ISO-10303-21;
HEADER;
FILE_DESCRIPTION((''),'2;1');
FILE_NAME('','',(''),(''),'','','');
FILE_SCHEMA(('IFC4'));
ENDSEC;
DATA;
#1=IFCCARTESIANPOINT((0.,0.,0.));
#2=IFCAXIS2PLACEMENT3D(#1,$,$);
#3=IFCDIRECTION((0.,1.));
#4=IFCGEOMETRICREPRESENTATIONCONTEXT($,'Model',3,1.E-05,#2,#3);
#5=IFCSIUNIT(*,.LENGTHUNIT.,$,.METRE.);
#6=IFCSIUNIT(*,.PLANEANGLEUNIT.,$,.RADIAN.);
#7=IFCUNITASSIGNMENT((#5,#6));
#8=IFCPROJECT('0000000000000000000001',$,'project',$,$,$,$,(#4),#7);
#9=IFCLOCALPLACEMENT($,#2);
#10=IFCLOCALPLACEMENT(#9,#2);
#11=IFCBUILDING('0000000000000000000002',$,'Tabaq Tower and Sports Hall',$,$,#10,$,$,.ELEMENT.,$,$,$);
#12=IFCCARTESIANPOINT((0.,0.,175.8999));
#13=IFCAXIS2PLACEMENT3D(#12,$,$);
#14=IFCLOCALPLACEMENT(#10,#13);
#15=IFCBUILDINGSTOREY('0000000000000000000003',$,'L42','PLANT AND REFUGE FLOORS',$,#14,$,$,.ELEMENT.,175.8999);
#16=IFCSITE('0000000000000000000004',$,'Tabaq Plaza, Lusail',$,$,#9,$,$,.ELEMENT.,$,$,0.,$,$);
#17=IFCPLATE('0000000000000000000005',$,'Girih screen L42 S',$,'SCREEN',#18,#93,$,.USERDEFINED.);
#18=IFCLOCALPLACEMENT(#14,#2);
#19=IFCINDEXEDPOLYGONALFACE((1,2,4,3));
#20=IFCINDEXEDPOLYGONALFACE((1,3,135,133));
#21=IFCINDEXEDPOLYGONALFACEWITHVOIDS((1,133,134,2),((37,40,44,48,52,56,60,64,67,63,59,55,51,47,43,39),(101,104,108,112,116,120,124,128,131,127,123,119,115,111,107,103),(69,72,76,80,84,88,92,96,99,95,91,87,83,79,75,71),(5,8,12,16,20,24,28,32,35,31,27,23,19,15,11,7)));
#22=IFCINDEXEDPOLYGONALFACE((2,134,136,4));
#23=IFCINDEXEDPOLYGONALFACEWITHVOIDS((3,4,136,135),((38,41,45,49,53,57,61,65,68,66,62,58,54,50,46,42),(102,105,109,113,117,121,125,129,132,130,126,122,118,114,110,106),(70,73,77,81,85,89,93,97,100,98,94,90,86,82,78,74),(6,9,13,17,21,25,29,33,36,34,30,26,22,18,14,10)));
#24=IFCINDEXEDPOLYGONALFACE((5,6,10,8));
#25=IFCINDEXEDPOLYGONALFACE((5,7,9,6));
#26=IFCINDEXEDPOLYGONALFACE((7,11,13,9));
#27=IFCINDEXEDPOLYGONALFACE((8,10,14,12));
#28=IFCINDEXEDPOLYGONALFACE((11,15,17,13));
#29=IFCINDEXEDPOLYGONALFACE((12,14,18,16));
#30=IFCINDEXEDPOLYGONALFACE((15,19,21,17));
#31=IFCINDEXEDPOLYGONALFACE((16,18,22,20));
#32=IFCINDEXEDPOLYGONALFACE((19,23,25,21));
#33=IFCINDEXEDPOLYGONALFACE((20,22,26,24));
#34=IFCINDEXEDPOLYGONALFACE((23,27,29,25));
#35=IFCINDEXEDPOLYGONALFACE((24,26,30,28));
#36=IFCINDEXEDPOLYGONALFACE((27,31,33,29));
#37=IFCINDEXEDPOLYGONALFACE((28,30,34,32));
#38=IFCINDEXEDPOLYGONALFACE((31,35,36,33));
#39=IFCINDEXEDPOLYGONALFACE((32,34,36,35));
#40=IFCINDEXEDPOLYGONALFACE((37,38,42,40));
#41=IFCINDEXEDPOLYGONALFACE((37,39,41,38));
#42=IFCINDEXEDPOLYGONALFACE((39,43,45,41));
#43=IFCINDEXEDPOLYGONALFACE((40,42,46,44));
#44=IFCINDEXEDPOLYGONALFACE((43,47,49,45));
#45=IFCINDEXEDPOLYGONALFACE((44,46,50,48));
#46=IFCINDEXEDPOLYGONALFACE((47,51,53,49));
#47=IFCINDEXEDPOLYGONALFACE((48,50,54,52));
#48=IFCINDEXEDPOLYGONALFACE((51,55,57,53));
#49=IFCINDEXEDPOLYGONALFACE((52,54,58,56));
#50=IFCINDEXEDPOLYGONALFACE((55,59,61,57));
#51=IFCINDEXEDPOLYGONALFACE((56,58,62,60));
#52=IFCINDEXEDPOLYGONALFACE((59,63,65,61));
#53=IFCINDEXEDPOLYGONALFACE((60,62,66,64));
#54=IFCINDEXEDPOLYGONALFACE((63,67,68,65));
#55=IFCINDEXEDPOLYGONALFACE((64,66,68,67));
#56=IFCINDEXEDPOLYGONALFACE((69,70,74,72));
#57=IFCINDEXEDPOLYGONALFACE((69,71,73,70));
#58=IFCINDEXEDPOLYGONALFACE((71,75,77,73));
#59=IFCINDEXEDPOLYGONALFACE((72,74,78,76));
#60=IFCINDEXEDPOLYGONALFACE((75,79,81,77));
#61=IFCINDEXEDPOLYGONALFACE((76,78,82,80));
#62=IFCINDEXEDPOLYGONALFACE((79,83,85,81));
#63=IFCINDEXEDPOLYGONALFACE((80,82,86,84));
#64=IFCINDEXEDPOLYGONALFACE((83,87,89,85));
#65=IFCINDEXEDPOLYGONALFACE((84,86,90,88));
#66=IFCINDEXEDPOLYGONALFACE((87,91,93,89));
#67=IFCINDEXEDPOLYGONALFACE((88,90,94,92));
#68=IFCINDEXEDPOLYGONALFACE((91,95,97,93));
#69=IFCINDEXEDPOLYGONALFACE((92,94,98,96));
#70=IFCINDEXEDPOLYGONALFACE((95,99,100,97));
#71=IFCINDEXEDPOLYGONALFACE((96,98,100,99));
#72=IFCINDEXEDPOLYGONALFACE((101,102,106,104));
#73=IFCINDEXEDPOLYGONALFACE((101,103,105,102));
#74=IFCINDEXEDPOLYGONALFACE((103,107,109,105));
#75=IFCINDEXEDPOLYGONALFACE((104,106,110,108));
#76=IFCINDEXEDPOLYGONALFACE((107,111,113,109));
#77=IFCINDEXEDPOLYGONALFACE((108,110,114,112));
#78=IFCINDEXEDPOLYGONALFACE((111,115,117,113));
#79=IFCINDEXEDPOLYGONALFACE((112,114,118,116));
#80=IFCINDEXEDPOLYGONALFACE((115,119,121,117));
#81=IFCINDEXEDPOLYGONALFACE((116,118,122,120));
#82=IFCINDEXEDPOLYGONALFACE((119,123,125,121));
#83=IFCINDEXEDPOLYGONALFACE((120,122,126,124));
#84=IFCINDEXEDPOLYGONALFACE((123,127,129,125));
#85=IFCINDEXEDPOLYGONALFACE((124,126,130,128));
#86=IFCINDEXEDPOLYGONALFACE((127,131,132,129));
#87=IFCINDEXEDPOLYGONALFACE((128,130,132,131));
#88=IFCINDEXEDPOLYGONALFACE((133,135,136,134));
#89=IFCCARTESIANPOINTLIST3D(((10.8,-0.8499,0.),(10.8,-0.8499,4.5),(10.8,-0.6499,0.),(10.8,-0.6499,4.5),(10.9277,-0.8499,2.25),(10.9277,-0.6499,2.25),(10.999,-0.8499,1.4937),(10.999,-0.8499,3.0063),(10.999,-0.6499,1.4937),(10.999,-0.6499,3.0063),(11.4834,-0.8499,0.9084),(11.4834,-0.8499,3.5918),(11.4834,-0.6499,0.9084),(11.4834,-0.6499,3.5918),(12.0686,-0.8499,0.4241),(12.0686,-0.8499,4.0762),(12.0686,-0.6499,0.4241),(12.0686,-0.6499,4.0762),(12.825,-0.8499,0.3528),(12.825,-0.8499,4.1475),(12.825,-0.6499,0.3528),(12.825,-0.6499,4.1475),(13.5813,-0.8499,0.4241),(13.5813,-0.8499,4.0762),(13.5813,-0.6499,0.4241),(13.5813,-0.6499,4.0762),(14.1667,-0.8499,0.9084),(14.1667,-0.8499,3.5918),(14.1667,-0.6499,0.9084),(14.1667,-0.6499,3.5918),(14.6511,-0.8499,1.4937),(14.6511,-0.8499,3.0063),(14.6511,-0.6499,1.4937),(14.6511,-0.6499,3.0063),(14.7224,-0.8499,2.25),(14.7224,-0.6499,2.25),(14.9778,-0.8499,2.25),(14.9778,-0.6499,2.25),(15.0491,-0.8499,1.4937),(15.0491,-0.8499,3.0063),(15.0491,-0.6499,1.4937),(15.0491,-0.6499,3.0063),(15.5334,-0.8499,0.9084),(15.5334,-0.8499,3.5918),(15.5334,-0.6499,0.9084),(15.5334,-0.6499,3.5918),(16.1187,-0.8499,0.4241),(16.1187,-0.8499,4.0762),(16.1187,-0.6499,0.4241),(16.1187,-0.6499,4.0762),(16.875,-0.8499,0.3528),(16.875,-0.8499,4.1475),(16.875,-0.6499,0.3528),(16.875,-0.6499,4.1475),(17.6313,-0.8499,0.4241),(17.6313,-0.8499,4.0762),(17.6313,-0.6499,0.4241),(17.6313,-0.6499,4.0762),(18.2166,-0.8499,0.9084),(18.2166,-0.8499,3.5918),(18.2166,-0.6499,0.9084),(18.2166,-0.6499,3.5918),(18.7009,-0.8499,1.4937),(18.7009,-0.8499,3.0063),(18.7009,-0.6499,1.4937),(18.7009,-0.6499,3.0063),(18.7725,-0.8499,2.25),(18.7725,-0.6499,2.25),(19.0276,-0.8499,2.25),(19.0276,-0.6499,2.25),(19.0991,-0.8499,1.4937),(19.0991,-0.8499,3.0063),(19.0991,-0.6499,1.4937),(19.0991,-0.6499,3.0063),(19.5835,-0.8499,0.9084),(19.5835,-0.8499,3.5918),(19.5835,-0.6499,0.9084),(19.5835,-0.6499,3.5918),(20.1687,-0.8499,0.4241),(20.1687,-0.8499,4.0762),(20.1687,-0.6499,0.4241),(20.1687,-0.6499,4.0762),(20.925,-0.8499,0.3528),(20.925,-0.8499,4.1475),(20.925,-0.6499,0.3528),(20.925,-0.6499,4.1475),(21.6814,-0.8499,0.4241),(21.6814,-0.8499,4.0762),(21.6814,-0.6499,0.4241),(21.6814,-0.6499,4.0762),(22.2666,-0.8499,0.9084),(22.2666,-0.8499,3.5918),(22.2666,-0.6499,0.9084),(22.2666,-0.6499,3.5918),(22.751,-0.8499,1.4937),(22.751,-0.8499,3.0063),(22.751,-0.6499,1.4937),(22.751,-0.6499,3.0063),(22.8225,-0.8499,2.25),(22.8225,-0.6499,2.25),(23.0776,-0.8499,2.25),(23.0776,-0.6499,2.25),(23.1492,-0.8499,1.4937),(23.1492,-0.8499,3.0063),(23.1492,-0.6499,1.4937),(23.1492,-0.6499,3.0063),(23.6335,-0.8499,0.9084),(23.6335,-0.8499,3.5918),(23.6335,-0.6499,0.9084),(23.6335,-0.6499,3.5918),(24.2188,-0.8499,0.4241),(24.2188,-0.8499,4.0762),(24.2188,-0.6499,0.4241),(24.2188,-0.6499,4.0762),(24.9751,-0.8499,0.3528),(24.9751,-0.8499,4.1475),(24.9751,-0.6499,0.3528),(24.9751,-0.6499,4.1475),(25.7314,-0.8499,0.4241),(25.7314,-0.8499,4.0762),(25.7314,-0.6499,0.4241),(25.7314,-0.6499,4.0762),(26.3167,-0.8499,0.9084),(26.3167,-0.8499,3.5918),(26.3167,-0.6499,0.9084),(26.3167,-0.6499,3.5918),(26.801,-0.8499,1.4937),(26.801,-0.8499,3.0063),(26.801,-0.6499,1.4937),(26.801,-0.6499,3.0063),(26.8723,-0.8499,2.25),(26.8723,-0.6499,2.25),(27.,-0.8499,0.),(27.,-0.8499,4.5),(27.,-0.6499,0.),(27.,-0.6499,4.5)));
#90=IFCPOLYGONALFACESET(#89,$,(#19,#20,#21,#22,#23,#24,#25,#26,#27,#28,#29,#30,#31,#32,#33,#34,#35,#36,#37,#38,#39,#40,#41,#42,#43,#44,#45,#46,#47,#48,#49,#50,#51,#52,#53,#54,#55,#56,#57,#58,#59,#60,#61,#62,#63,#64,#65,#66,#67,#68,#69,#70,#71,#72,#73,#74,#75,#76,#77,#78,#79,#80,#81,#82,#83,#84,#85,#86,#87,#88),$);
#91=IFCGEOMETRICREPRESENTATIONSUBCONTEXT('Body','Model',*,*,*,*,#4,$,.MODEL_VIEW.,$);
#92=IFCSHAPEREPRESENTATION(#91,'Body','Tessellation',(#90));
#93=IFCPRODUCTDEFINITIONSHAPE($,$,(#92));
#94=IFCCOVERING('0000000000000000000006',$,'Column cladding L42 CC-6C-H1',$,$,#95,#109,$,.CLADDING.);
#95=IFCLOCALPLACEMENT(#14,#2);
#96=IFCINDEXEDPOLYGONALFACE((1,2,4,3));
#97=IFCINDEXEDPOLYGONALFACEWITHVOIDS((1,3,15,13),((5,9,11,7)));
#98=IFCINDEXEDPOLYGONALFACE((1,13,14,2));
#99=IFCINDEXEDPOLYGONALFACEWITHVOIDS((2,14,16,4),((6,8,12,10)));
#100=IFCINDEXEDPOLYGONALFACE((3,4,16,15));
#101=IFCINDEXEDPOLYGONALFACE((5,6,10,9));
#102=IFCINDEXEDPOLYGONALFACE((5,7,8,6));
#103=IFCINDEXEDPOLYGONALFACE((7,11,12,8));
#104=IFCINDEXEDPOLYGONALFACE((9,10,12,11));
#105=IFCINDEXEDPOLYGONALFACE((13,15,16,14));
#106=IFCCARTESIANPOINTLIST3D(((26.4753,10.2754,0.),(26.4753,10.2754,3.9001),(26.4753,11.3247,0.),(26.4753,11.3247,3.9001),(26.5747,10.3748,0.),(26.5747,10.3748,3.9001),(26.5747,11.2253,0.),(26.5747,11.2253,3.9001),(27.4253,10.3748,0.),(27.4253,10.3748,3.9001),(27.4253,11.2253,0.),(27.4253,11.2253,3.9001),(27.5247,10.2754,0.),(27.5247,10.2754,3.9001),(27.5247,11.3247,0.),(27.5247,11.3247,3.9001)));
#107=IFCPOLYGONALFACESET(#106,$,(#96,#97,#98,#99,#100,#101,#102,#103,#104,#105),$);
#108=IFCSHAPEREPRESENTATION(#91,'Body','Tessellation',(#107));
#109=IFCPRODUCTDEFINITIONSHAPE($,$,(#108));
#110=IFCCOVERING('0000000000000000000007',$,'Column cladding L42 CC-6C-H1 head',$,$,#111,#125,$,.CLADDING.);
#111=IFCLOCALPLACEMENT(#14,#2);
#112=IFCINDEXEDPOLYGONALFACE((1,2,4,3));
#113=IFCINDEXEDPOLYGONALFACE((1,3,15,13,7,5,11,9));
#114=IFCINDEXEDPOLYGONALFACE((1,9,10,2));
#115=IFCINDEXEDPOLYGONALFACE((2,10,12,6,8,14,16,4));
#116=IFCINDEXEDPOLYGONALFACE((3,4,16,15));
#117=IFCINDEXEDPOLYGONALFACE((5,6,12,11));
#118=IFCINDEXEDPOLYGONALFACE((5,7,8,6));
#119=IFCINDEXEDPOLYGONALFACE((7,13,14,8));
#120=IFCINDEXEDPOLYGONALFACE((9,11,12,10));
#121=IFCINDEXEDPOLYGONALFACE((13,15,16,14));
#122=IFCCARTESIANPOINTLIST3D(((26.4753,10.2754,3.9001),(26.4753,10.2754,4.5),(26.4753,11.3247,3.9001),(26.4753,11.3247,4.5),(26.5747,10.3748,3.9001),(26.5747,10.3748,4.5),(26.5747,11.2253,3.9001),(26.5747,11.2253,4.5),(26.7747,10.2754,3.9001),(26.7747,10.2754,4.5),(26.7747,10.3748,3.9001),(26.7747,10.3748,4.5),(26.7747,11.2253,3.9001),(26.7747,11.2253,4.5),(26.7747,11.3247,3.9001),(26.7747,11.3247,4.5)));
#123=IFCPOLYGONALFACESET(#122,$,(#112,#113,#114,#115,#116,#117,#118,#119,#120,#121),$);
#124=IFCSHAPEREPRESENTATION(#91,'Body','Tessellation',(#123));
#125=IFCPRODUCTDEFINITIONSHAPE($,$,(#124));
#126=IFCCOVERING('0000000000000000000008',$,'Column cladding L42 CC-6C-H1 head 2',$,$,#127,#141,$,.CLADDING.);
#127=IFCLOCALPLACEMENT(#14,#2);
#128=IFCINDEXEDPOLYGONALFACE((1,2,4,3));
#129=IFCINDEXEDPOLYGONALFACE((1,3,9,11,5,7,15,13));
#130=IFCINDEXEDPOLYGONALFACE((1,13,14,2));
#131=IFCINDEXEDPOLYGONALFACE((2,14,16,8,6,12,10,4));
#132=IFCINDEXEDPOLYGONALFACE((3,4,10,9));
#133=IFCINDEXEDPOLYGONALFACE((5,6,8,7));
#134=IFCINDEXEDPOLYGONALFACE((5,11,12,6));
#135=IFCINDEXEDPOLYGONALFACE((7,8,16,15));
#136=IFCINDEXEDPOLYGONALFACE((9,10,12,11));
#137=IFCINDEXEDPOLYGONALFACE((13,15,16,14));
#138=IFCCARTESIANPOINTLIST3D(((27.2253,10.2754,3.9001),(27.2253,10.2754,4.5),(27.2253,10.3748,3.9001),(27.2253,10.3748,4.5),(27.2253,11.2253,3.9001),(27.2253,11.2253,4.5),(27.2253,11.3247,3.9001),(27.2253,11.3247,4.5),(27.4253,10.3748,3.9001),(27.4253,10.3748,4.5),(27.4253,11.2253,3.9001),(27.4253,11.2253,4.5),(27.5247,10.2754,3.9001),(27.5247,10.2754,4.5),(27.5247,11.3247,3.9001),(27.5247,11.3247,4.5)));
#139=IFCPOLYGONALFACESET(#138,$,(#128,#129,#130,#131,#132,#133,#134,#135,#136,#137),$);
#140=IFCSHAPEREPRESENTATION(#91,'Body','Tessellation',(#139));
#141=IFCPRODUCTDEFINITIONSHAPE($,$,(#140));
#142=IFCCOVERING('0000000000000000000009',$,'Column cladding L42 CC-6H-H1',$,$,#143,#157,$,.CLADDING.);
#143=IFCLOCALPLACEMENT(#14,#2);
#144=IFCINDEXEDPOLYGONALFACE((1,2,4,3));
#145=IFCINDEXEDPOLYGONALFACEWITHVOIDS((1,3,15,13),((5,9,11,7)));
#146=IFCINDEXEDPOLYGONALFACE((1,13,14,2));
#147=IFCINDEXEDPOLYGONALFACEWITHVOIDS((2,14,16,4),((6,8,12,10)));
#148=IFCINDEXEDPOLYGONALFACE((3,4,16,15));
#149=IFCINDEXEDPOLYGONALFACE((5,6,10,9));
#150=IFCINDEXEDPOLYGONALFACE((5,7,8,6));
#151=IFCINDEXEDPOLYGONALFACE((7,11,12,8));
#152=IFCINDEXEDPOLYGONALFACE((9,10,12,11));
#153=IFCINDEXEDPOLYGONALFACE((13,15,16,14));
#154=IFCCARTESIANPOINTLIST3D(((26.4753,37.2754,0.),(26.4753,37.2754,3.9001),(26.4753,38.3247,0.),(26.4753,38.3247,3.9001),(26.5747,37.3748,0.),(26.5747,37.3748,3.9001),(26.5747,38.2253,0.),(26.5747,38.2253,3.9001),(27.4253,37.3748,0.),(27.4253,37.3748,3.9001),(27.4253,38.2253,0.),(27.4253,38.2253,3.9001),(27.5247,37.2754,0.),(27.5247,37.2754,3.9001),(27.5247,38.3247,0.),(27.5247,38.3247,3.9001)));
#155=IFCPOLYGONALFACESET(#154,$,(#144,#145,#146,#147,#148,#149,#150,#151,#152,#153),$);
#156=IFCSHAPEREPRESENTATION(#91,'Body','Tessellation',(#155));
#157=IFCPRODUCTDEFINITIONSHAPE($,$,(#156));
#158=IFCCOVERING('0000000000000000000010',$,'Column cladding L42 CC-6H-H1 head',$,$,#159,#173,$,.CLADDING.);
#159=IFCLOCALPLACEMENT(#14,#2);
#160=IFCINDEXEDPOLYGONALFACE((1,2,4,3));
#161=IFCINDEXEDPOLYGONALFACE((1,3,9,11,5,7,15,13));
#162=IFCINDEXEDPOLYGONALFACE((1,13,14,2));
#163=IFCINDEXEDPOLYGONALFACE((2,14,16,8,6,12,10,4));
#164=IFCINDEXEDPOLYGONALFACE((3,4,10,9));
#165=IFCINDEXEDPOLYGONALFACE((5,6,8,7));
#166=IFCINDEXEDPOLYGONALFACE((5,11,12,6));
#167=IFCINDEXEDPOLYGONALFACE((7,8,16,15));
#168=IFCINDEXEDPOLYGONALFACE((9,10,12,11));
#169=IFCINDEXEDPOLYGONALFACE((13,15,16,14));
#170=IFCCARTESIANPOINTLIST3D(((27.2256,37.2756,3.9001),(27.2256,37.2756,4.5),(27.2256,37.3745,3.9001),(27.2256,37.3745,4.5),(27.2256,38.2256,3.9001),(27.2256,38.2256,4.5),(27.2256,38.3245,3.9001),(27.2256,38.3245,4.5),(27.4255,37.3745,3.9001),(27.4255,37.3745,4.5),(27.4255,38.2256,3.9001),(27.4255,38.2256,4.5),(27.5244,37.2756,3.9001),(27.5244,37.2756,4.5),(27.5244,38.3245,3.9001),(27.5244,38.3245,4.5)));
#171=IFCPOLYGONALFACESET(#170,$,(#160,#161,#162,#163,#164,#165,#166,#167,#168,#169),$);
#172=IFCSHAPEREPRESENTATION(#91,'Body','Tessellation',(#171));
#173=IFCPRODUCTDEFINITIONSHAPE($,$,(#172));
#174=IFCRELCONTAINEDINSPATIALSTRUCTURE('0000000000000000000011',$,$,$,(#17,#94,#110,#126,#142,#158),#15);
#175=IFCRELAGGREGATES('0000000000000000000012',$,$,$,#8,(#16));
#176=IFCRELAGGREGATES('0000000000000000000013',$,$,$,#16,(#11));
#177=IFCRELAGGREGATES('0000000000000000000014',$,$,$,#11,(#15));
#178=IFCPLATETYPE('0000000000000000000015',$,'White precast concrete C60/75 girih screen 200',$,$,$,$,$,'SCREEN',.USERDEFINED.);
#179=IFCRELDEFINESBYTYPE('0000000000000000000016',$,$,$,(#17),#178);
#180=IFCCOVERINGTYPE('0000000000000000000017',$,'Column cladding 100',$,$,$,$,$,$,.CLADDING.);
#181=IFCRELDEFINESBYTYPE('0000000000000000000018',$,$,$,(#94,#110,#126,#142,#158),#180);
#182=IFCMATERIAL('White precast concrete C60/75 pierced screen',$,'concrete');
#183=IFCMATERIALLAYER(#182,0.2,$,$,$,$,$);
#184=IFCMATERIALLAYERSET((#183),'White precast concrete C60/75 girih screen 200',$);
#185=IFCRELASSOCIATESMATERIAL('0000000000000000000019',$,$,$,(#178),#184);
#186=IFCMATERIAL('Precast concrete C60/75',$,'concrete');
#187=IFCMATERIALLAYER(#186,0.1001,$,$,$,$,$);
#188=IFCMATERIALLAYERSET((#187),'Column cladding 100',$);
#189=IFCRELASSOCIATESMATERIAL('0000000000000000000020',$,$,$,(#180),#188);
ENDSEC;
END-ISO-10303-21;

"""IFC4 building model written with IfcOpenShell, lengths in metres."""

from ifc_helpers import new_model, si_unit, direction, frame, origin, place, context, subcontext, project, spatial, polyline, outline, extrude, material, layer, layer_set, type_object, element, save


model = new_model("IFC4")

# Units and contexts
model_context = context("Model", 3, precision=1e-05, world=origin(), true_north=direction((0.0, 1.0)))
body_context = subcontext(model_context, "Body", "Model", "MODEL_VIEW")
ifc_project = project(units=[si_unit("LENGTHUNIT", "METRE"), si_unit("PLANEANGLEUNIT", "RADIAN")], contexts=[model_context])

# Site, building, storey
site_placement = place(None, origin())
site = spatial("IfcSite", under=ifc_project, at=site_placement, Name="Tabaq Plaza, Lusail", CompositionType="ELEMENT", RefElevation=0.0)
building_placement = place(site_placement, origin())
building = spatial("IfcBuilding", under=site, at=building_placement, Name="Tabaq Tower and Sports Hall", CompositionType="ELEMENT")
storey_placement = place(building_placement, frame((0.0, 0.0, 175.8999)))
storey = spatial("IfcBuildingStorey", under=building, at=storey_placement, Name="L42", Description="PLANT AND REFUGE FLOORS", CompositionType="ELEMENT", Elevation=175.8999)

# Plate
ifc_material_1 = material(Name="White precast concrete C60/75 pierced screen", Category="concrete")
ifc_layer_1 = layer(ifc_material_1, 0.2)
ifc_layer_set_1 = layer_set([ifc_layer_1], Name="White precast concrete C60/75 girih screen 200")
plate_type = type_object("IfcPlateType", Name="White precast concrete C60/75 girih screen 200", ElementType="SCREEN", PredefinedType="USERDEFINED", material=ifc_layer_set_1)
plate_placement = place(storey_placement, frame((10.8, -0.75, 0.0), z_axis=(0.0, 0.0, 1.0), x_axis=(1.0, 0.0, 0.0)))
element("IfcPlate", 1, at=plate_placement, inside=storey, type_object=plate_type, Name="Girih screen L42 S", ObjectType="SCREEN", PredefinedType="USERDEFINED", context=body_context, shape_type="SweptSolid", body=[
    extrude(outline(polyline([(0.0, 0.0), (16.2, 0.0), (16.2, 4.5), (0.0, 4.5), (0.0, 0.0)]), holes=[polyline([(3.8511, 3.0063), (3.3667, 3.5918), (2.7812, 4.0762), (2.0249, 4.1475), (1.2686, 4.0762), (0.6833, 3.5918), (0.199, 3.0063), (0.1277, 2.25), (0.199, 1.4937), (0.6833, 0.9084), (1.2686, 0.4241), (2.0249, 0.3528), (2.7812, 0.4241), (3.3667, 0.9084), (3.8511, 1.4937), (3.9224, 2.25), (3.8511, 3.0063)]), polyline([(7.9009, 3.0063), (7.4165, 3.5918), (6.8313, 4.0762), (6.075, 4.1475), (5.3186, 4.0762), (4.7334, 3.5918), (4.249, 3.0063), (4.1777, 2.25), (4.249, 1.4937), (4.7334, 0.9084), (5.3186, 0.4241), (6.075, 0.3528), (6.8313, 0.4241), (7.4165, 0.9084), (7.9009, 1.4937), (7.9724, 2.25), (7.9009, 3.0063)]), polyline([(11.9509, 3.0063), (11.4666, 3.5918), (10.8813, 4.0762), (10.125, 4.1475), (9.3687, 4.0762), (8.7834, 3.5918), (8.2991, 3.0063), (8.2275, 2.25), (8.2991, 1.4937), (8.7834, 0.9084), (9.3687, 0.4241), (10.125, 0.3528), (10.8813, 0.4241), (11.4666, 0.9084), (11.9509, 1.4937), (12.0225, 2.25), (11.9509, 3.0063)]), polyline([(16.001, 3.0063), (15.5166, 3.5918), (14.9314, 4.0762), (14.175, 4.1475), (13.4187, 4.0762), (12.8335, 3.5918), (12.3491, 3.0063), (12.2776, 2.25), (12.3491, 1.4937), (12.8335, 0.9084), (13.4187, 0.4241), (14.175, 0.3528), (14.9314, 0.4241), (15.5166, 0.9084), (16.001, 1.4937), (16.0723, 2.25), (16.001, 3.0063)])]), frame((0.0, 0.1001, 0.0), z_axis=(0.0, -1.0, 0.0), x_axis=(1.0, 0.0, 0.0)), (0.0, 0.0, 1.0), 0.2),
])

# Coverings
ifc_material_2 = material(Name="Precast concrete C60/75", Category="concrete")
ifc_layer_2 = layer(ifc_material_2, 0.1001)
ifc_layer_set_2 = layer_set([ifc_layer_2], Name="Column cladding 100")
covering_type_1 = type_object("IfcCoveringType", Name="Column cladding 100", PredefinedType="CLADDING", material=ifc_layer_set_2)
covering_1_placement = place(storey_placement, origin())
element("IfcCovering", 2, at=covering_1_placement, inside=storey, type_object=covering_type_1, Name="Column cladding L42 CC-6C-H1", PredefinedType="CLADDING", context=body_context, shape_type="SweptSolid", body=[
    extrude(outline(polyline([(26.4753, 11.3247), (27.5247, 11.3247), (27.5247, 10.2754), (26.4753, 10.2754), (26.4753, 11.3247)]), holes=[polyline([(27.4253, 10.3748), (27.4253, 11.2253), (26.5747, 11.2253), (26.5747, 10.3748), (27.4253, 10.3748)])]), origin(), (0.0, 0.0, 1.0), 3.9001),
])
covering_2_placement = place(storey_placement, frame((0.0, 0.0, 3.9001)))
element("IfcCovering", 3, at=covering_2_placement, inside=storey, type_object=covering_type_1, Name="Column cladding L42 CC-6C-H1 head", PredefinedType="CLADDING", context=body_context, shape_type="SweptSolid", body=[
    extrude(outline(polyline([(26.7747, 11.3247), (26.7747, 11.2253), (26.5747, 11.2253), (26.5747, 10.3748), (26.7747, 10.3748), (26.7747, 10.2754), (26.4753, 10.2754), (26.4753, 11.3247), (26.7747, 11.3247)])), origin(), (0.0, 0.0, 1.0), 0.5999),
])
covering_3_placement = place(storey_placement, frame((0.0, 0.0, 3.9001)))
element("IfcCovering", 4, at=covering_3_placement, inside=storey, type_object=covering_type_1, Name="Column cladding L42 CC-6C-H1 head 2", PredefinedType="CLADDING", context=body_context, shape_type="SweptSolid", body=[
    extrude(outline(polyline([(27.5247, 11.3247), (27.5247, 10.2754), (27.2253, 10.2754), (27.2253, 10.3748), (27.4253, 10.3748), (27.4253, 11.2253), (27.2253, 11.2253), (27.2253, 11.3247), (27.5247, 11.3247)])), origin(), (0.0, 0.0, 1.0), 0.5999),
])
covering_4_placement = place(storey_placement, origin())
element("IfcCovering", 5, at=covering_4_placement, inside=storey, type_object=covering_type_1, Name="Column cladding L42 CC-6H-H1", PredefinedType="CLADDING", context=body_context, shape_type="SweptSolid", body=[
    extrude(outline(polyline([(26.4753, 38.3247), (27.5247, 38.3247), (27.5247, 37.2754), (26.4753, 37.2754), (26.4753, 38.3247)]), holes=[polyline([(27.4253, 37.3748), (27.4253, 38.2253), (26.5747, 38.2253), (26.5747, 37.3748), (27.4253, 37.3748)])]), origin(), (0.0, 0.0, 1.0), 3.9001),
])
covering_5_placement = place(storey_placement, frame((0.0, 0.0, 3.9001)))
element("IfcCovering", 6, at=covering_5_placement, inside=storey, type_object=covering_type_1, Name="Column cladding L42 CC-6H-H1 head", PredefinedType="CLADDING", context=body_context, shape_type="SweptSolid", body=[
    extrude(outline(polyline([(27.2256, 38.2256), (27.2256, 38.3245), (27.5244, 38.3245), (27.5244, 37.2756), (27.2256, 37.2756), (27.2256, 37.3745), (27.4255, 37.3745), (27.4255, 38.2256), (27.2256, 38.2256)])), origin(), (0.0, 0.0, 1.0), 0.5999),
])

save(model, "model.ifc")
